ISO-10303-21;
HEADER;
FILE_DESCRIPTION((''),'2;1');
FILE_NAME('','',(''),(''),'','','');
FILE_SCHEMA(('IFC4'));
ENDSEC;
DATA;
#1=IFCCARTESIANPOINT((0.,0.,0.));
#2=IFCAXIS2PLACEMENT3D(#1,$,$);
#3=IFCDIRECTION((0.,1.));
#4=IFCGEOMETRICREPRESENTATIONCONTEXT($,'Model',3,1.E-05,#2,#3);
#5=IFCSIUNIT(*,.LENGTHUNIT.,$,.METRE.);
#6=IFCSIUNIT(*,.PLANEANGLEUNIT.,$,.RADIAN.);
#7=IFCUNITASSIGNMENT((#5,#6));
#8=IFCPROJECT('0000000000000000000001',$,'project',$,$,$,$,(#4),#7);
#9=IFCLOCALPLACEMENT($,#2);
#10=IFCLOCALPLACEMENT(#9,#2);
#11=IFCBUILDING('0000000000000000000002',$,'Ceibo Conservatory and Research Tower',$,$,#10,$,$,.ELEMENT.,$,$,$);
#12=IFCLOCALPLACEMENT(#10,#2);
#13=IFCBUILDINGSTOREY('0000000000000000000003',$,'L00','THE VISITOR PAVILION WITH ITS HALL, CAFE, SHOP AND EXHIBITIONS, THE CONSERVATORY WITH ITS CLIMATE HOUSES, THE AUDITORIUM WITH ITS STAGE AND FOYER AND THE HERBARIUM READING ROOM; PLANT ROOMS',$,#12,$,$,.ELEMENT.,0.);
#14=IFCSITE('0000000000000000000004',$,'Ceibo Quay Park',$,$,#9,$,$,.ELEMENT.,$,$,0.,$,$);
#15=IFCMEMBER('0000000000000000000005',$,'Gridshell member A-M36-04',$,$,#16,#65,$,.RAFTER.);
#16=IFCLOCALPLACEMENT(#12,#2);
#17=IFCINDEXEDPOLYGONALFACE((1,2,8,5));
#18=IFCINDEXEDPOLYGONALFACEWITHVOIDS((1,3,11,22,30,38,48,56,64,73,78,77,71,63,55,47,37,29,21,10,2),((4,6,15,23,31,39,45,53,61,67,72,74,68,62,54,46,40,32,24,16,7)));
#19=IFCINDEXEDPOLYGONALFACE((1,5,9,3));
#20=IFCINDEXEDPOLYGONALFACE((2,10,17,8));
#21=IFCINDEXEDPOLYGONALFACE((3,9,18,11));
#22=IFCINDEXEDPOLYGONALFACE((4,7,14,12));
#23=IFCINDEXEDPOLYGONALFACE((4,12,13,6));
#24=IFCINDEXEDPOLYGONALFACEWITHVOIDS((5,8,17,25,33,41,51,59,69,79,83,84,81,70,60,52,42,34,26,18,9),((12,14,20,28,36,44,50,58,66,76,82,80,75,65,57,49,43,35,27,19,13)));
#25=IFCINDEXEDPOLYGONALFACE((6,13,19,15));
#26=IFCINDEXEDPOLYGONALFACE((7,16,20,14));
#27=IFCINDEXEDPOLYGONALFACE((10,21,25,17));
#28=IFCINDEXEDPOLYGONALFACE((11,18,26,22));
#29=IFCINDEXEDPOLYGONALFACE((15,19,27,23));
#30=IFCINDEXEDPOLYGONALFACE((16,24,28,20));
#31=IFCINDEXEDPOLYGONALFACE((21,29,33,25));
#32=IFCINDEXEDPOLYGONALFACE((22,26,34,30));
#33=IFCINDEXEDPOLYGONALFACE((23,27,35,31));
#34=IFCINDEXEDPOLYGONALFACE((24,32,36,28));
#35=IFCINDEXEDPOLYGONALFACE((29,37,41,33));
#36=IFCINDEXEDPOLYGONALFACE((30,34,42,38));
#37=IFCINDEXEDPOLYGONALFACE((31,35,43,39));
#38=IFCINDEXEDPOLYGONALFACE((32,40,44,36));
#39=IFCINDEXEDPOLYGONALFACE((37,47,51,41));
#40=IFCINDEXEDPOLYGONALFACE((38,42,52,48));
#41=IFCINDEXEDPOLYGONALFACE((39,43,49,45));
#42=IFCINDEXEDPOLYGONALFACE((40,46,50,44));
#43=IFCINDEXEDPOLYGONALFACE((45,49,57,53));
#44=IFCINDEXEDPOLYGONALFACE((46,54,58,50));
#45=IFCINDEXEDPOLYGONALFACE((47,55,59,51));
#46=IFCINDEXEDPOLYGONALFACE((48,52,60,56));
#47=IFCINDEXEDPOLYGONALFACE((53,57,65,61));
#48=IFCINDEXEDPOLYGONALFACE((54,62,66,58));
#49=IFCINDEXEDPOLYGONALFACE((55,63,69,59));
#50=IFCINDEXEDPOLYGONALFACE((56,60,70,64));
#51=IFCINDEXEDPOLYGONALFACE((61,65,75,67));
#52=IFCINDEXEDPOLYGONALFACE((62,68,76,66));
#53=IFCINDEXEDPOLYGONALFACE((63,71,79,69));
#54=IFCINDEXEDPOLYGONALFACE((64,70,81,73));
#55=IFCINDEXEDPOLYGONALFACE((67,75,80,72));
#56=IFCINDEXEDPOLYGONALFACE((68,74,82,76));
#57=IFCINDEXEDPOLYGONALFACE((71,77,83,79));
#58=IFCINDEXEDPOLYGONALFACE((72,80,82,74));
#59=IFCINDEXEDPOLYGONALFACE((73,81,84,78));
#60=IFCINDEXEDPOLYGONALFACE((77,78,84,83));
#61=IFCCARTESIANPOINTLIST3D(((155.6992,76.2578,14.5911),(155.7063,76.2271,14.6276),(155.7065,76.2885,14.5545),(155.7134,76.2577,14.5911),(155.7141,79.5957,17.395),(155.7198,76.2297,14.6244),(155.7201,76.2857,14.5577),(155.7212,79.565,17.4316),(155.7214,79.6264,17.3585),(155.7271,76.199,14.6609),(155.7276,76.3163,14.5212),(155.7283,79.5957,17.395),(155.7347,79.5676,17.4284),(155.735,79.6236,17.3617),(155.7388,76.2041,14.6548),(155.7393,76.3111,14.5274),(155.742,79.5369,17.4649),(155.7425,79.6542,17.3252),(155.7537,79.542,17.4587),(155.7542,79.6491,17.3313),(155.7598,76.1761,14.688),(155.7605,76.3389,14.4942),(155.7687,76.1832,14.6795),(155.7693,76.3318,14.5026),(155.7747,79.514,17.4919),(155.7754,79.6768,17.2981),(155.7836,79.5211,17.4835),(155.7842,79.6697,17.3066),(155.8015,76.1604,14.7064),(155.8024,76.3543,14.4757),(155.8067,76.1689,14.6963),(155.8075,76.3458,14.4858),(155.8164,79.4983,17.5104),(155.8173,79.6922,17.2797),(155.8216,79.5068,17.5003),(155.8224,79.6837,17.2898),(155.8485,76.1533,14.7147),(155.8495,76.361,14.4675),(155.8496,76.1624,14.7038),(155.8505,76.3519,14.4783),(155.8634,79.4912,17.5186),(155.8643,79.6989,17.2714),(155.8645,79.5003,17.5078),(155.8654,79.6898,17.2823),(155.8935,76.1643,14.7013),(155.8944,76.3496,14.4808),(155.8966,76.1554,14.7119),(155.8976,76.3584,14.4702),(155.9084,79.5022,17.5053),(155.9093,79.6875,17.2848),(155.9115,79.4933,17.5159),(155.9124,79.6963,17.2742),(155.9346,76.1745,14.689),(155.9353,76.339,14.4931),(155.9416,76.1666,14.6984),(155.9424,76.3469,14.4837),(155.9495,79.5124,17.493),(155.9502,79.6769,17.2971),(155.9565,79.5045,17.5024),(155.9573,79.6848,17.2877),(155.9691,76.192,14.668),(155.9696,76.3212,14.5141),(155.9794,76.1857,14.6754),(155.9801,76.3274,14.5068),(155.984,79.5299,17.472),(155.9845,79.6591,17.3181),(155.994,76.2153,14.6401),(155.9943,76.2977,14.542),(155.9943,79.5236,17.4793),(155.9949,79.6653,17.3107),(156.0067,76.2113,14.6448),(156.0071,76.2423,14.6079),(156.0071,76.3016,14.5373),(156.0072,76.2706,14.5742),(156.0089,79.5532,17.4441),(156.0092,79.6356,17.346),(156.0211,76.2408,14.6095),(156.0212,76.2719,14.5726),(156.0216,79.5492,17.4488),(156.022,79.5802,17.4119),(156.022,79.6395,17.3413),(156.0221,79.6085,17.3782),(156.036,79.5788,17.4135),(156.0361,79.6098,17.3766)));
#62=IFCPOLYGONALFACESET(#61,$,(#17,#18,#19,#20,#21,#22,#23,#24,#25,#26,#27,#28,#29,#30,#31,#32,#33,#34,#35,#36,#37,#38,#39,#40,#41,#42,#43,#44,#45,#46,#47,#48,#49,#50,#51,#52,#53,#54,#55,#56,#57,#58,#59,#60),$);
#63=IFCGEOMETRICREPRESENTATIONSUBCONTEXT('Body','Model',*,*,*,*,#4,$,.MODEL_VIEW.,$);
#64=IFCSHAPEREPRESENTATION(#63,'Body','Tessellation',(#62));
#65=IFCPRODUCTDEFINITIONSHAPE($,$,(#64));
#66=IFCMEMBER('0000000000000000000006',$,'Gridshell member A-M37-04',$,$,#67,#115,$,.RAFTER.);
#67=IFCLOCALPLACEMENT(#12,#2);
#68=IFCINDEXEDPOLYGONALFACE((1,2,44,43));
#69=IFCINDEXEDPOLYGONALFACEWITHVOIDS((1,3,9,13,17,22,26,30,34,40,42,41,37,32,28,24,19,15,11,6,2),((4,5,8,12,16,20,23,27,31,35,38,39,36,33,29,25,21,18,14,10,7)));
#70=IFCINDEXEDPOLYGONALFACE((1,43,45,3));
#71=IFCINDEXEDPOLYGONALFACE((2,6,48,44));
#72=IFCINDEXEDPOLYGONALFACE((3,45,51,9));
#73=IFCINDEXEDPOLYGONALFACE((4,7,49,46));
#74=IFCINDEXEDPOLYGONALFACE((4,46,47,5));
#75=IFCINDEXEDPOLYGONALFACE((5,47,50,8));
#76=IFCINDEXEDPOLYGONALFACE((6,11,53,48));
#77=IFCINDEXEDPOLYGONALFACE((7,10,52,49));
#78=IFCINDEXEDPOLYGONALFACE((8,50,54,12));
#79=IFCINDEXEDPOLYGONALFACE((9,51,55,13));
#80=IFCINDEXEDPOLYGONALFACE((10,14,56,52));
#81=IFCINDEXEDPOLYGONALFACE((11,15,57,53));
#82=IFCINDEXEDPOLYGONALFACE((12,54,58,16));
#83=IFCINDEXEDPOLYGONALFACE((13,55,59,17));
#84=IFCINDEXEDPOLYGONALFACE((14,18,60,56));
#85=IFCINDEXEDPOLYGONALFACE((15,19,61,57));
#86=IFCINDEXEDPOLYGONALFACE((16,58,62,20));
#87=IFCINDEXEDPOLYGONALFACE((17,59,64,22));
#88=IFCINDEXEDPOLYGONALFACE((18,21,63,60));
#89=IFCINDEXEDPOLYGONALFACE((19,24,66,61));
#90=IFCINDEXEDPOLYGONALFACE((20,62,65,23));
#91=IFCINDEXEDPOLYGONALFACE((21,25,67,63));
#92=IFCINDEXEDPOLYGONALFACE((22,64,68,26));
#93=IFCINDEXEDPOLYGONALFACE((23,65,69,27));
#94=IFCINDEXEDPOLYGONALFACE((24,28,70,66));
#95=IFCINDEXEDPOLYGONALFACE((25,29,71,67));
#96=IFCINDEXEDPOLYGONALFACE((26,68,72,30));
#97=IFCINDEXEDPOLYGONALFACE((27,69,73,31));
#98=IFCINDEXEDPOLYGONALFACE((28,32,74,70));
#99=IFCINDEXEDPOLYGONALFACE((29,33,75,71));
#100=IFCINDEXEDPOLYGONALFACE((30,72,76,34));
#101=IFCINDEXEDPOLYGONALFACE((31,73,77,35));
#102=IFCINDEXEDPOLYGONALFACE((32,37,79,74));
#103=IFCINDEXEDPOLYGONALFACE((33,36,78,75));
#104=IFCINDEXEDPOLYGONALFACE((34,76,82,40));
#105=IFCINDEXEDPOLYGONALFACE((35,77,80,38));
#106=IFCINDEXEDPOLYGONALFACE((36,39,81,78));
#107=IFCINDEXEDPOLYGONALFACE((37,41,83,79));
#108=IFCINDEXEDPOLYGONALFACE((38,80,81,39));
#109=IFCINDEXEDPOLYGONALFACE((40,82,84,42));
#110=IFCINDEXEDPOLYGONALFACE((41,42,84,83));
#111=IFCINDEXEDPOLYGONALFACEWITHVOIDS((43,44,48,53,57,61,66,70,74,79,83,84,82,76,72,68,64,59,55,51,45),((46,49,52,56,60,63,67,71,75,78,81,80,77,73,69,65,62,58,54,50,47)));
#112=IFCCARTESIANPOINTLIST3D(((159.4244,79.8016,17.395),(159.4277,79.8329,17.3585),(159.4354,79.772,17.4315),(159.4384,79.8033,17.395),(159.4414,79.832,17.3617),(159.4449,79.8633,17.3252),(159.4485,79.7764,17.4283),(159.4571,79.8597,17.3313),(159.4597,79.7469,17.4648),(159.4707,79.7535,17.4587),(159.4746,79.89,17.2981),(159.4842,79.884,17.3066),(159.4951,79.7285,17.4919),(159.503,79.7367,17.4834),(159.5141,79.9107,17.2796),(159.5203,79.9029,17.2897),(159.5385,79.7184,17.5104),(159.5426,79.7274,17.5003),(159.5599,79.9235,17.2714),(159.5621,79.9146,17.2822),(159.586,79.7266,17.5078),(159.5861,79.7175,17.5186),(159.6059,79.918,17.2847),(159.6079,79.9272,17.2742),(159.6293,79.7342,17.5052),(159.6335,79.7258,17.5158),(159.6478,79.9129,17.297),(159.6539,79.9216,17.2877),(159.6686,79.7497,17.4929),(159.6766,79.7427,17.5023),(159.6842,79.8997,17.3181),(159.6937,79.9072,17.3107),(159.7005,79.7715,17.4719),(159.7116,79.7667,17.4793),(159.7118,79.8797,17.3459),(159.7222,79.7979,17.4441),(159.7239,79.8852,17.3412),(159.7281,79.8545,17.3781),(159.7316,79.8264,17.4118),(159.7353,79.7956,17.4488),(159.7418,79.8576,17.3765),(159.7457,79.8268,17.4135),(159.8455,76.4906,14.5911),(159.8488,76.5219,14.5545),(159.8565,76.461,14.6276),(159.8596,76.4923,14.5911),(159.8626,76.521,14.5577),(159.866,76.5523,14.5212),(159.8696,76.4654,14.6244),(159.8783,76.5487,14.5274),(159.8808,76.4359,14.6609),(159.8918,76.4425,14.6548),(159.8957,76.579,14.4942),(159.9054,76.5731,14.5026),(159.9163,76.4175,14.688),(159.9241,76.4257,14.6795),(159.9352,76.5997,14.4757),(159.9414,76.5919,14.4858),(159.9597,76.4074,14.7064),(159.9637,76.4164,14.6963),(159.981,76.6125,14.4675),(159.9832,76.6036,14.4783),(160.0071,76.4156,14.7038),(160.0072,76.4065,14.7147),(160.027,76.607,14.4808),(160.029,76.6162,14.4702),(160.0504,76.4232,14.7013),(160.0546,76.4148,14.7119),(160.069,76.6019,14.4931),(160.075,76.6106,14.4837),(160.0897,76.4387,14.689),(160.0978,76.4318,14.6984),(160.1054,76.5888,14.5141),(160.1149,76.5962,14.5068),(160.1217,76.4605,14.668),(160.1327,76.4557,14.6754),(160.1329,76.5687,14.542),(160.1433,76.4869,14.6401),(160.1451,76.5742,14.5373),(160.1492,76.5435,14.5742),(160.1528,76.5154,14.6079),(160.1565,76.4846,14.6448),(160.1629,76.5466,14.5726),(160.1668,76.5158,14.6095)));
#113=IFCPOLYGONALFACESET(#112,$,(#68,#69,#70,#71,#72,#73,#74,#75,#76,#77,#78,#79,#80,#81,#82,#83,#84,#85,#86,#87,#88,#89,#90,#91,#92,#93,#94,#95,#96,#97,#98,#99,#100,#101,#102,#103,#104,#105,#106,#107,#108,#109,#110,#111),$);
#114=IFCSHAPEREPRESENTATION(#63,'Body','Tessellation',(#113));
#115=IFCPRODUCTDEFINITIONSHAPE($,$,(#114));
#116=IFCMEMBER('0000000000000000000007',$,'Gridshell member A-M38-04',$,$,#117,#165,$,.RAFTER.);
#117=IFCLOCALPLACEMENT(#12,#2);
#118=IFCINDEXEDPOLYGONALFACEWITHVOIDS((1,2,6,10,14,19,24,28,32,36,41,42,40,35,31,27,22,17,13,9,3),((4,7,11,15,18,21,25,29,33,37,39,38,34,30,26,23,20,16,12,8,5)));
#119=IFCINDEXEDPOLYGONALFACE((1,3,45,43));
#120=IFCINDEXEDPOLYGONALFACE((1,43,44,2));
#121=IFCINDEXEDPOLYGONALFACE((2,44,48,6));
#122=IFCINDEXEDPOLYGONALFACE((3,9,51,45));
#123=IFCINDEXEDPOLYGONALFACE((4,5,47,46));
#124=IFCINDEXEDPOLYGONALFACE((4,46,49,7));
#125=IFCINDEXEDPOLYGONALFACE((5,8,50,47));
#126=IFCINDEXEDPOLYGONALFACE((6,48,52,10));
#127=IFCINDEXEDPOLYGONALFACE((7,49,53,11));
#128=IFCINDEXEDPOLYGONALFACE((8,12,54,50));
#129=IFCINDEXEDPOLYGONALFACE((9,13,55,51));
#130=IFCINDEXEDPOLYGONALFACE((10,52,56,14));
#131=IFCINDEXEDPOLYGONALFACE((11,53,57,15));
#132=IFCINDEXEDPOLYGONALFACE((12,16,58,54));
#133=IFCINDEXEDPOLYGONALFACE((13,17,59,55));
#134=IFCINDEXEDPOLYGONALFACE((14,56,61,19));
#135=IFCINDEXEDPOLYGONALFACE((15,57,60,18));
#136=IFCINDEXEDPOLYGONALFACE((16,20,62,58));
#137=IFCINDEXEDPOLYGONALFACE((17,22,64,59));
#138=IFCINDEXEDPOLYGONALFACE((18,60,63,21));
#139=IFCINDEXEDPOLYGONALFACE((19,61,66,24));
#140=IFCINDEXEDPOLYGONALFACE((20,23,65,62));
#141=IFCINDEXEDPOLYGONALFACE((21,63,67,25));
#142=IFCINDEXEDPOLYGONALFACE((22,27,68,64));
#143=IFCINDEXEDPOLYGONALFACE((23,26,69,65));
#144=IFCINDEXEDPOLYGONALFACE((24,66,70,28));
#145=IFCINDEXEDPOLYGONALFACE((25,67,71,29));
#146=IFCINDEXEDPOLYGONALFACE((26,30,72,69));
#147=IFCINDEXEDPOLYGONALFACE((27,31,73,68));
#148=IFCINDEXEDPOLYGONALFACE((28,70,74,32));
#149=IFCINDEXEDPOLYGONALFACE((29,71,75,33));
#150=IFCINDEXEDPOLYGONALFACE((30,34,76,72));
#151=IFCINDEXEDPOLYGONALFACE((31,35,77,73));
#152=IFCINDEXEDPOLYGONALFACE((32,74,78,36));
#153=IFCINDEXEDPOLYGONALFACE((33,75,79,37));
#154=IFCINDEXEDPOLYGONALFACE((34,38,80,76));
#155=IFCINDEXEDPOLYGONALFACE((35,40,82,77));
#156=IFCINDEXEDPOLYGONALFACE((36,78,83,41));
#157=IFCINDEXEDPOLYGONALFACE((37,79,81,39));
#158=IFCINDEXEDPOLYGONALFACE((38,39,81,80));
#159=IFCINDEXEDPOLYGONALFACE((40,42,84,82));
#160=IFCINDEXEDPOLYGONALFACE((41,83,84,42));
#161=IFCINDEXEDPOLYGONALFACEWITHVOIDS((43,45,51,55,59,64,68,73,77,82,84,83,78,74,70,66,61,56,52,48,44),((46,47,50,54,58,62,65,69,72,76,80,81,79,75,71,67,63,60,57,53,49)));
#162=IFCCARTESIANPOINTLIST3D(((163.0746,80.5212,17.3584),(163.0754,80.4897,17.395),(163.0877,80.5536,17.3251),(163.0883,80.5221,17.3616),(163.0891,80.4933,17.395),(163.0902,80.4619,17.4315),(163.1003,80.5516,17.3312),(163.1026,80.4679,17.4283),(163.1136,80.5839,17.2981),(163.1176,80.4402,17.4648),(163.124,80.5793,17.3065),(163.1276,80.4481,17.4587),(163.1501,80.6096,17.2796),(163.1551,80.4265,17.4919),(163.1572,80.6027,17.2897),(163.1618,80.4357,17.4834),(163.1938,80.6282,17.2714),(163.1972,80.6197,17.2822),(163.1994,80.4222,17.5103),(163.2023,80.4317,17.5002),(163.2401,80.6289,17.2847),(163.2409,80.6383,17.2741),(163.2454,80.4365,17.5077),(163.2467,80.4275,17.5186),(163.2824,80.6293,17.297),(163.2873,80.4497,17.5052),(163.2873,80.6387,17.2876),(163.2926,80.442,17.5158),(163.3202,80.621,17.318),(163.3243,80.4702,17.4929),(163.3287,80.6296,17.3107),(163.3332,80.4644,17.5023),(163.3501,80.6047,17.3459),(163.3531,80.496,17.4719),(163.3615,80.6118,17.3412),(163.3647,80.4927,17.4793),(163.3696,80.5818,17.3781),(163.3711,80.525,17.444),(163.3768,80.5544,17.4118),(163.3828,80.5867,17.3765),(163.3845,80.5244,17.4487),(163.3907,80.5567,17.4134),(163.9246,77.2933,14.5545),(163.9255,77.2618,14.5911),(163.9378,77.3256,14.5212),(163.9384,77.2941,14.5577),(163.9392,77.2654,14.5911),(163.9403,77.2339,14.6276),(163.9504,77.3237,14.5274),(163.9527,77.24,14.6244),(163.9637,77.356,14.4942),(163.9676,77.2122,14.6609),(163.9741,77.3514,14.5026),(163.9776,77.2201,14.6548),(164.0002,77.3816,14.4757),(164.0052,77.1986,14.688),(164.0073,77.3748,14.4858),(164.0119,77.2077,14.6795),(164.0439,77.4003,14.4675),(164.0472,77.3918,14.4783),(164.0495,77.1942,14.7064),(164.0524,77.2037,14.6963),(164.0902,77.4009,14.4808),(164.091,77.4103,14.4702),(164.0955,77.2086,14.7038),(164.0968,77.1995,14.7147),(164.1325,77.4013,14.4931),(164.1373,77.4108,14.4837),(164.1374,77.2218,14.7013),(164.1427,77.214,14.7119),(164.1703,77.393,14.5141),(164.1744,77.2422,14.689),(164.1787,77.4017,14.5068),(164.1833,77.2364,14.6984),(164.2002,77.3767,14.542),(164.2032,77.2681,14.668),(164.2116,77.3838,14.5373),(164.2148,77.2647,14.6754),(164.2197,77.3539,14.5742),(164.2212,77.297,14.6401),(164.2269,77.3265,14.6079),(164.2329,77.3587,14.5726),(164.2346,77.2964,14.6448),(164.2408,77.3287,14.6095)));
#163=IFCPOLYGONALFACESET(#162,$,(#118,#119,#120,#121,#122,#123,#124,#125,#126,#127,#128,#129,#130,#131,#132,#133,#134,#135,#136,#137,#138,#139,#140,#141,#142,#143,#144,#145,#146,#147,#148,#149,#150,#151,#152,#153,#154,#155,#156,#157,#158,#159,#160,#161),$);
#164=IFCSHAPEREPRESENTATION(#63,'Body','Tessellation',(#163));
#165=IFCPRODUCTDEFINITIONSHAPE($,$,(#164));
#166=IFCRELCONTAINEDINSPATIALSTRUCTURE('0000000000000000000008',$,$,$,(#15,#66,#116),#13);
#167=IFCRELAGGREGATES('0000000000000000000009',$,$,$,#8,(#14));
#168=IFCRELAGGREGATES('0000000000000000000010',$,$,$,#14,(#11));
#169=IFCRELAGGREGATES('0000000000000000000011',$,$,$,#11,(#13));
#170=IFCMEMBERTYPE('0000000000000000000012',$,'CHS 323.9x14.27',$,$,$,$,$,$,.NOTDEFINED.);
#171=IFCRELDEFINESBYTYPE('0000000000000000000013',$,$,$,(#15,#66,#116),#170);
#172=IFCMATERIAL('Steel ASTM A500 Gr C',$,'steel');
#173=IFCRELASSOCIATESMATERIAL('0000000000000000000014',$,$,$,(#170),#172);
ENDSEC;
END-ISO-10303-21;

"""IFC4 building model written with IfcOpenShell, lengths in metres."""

from ifc_helpers import new_model, si_unit, direction, frame, origin, origin_2d, place, context, subcontext, project, spatial, hollow_circle, extrude, material, material_profile, profile_set, type_object, element, save


model = new_model("IFC4")

# Units and contexts
model_context = context("Model", 3, precision=1e-05, world=origin(), true_north=direction((0.0, 1.0)))
body_context = subcontext(model_context, "Body", "Model", "MODEL_VIEW")
ifc_project = project(units=[si_unit("LENGTHUNIT", "METRE"), si_unit("PLANEANGLEUNIT", "RADIAN")], contexts=[model_context])

# Site, building, storey
site_placement = place(None, origin())
site = spatial("IfcSite", under=ifc_project, at=site_placement, Name="Ceibo Quay Park", CompositionType="ELEMENT", RefElevation=0.0)
building_placement = place(site_placement, origin())
building = spatial("IfcBuilding", under=site, at=building_placement, Name="Ceibo Conservatory and Research Tower", CompositionType="ELEMENT")
storey_placement = place(building_placement, origin())
storey = spatial("IfcBuildingStorey", under=building, at=storey_placement, Name="L00", Description="THE VISITOR PAVILION WITH ITS HALL, CAFE, SHOP AND EXHIBITIONS, THE CONSERVATORY WITH ITS CLIMATE HOUSES, THE AUDITORIUM WITH ITS STAGE AND FOYER AND THE HERBARIUM READING ROOM; PLANT ROOMS", CompositionType="ELEMENT", Elevation=0.0)

# Members
ifc_material_1 = material(Name="Steel ASTM A500 Gr C", Category="steel")
ifc_material_profile_1 = material_profile(ifc_material_1, hollow_circle(Radius=0.1619, WallThickness=0.0142, at=origin_2d()), Name="CHS 323.9x14.27")
ifc_profile_set_1 = profile_set([ifc_material_profile_1], Name="Steel ASTM A500 Gr C")
member_type_1 = type_object("IfcMemberType", Name="CHS 323.9x14.27", PredefinedType="NOTDEFINED", material=ifc_profile_set_1)
member_1_placement = place(storey_placement, frame((155.8611, 76.2571, 14.5911), z_axis=(0.003416, 0.765686, 0.643205), x_axis=(-0.99999, 0.004462, 0.0)))
element("IfcMember", 1, at=member_1_placement, inside=storey, type_object=member_type_1, Name="Gridshell member A-M36-04", PredefinedType="RAFTER", context=body_context, shape_type="SweptSolid", body=[
    extrude(hollow_circle(Radius=0.1619, WallThickness=0.0142, at=origin_2d()), origin(), (0.0, 0.0, 1.0), 4.3594),
])
member_2_placement = place(storey_placement, frame((160.0061, 76.511, 14.5911), z_axis=(-0.09661, 0.759554, 0.643229), x_axis=(-0.992008, -0.126177, 0.0)))
element("IfcMember", 2, at=member_2_placement, inside=storey, type_object=member_type_1, Name="Gridshell member A-M37-04", PredefinedType="RAFTER", context=body_context, shape_type="SweptSolid", body=[
    extrude(hollow_circle(Radius=0.1619, WallThickness=0.0142, at=origin_2d()), origin(), (0.0, 0.0, 1.0), 4.3591),
])
member_3_placement = place(storey_placement, frame((164.082, 77.303, 14.5911), z_axis=(-0.195, 0.740463, 0.643187), x_axis=(-0.967029, -0.254666, 0.0)))
element("IfcMember", 3, at=member_3_placement, inside=storey, type_object=member_type_1, Name="Gridshell member A-M38-04", PredefinedType="RAFTER", context=body_context, shape_type="SweptSolid", body=[
    extrude(hollow_circle(Radius=0.1619, WallThickness=0.0142, at=origin_2d()), origin(), (0.0, 0.0, 1.0), 4.3594),
])

save(model, "model.ifc")
